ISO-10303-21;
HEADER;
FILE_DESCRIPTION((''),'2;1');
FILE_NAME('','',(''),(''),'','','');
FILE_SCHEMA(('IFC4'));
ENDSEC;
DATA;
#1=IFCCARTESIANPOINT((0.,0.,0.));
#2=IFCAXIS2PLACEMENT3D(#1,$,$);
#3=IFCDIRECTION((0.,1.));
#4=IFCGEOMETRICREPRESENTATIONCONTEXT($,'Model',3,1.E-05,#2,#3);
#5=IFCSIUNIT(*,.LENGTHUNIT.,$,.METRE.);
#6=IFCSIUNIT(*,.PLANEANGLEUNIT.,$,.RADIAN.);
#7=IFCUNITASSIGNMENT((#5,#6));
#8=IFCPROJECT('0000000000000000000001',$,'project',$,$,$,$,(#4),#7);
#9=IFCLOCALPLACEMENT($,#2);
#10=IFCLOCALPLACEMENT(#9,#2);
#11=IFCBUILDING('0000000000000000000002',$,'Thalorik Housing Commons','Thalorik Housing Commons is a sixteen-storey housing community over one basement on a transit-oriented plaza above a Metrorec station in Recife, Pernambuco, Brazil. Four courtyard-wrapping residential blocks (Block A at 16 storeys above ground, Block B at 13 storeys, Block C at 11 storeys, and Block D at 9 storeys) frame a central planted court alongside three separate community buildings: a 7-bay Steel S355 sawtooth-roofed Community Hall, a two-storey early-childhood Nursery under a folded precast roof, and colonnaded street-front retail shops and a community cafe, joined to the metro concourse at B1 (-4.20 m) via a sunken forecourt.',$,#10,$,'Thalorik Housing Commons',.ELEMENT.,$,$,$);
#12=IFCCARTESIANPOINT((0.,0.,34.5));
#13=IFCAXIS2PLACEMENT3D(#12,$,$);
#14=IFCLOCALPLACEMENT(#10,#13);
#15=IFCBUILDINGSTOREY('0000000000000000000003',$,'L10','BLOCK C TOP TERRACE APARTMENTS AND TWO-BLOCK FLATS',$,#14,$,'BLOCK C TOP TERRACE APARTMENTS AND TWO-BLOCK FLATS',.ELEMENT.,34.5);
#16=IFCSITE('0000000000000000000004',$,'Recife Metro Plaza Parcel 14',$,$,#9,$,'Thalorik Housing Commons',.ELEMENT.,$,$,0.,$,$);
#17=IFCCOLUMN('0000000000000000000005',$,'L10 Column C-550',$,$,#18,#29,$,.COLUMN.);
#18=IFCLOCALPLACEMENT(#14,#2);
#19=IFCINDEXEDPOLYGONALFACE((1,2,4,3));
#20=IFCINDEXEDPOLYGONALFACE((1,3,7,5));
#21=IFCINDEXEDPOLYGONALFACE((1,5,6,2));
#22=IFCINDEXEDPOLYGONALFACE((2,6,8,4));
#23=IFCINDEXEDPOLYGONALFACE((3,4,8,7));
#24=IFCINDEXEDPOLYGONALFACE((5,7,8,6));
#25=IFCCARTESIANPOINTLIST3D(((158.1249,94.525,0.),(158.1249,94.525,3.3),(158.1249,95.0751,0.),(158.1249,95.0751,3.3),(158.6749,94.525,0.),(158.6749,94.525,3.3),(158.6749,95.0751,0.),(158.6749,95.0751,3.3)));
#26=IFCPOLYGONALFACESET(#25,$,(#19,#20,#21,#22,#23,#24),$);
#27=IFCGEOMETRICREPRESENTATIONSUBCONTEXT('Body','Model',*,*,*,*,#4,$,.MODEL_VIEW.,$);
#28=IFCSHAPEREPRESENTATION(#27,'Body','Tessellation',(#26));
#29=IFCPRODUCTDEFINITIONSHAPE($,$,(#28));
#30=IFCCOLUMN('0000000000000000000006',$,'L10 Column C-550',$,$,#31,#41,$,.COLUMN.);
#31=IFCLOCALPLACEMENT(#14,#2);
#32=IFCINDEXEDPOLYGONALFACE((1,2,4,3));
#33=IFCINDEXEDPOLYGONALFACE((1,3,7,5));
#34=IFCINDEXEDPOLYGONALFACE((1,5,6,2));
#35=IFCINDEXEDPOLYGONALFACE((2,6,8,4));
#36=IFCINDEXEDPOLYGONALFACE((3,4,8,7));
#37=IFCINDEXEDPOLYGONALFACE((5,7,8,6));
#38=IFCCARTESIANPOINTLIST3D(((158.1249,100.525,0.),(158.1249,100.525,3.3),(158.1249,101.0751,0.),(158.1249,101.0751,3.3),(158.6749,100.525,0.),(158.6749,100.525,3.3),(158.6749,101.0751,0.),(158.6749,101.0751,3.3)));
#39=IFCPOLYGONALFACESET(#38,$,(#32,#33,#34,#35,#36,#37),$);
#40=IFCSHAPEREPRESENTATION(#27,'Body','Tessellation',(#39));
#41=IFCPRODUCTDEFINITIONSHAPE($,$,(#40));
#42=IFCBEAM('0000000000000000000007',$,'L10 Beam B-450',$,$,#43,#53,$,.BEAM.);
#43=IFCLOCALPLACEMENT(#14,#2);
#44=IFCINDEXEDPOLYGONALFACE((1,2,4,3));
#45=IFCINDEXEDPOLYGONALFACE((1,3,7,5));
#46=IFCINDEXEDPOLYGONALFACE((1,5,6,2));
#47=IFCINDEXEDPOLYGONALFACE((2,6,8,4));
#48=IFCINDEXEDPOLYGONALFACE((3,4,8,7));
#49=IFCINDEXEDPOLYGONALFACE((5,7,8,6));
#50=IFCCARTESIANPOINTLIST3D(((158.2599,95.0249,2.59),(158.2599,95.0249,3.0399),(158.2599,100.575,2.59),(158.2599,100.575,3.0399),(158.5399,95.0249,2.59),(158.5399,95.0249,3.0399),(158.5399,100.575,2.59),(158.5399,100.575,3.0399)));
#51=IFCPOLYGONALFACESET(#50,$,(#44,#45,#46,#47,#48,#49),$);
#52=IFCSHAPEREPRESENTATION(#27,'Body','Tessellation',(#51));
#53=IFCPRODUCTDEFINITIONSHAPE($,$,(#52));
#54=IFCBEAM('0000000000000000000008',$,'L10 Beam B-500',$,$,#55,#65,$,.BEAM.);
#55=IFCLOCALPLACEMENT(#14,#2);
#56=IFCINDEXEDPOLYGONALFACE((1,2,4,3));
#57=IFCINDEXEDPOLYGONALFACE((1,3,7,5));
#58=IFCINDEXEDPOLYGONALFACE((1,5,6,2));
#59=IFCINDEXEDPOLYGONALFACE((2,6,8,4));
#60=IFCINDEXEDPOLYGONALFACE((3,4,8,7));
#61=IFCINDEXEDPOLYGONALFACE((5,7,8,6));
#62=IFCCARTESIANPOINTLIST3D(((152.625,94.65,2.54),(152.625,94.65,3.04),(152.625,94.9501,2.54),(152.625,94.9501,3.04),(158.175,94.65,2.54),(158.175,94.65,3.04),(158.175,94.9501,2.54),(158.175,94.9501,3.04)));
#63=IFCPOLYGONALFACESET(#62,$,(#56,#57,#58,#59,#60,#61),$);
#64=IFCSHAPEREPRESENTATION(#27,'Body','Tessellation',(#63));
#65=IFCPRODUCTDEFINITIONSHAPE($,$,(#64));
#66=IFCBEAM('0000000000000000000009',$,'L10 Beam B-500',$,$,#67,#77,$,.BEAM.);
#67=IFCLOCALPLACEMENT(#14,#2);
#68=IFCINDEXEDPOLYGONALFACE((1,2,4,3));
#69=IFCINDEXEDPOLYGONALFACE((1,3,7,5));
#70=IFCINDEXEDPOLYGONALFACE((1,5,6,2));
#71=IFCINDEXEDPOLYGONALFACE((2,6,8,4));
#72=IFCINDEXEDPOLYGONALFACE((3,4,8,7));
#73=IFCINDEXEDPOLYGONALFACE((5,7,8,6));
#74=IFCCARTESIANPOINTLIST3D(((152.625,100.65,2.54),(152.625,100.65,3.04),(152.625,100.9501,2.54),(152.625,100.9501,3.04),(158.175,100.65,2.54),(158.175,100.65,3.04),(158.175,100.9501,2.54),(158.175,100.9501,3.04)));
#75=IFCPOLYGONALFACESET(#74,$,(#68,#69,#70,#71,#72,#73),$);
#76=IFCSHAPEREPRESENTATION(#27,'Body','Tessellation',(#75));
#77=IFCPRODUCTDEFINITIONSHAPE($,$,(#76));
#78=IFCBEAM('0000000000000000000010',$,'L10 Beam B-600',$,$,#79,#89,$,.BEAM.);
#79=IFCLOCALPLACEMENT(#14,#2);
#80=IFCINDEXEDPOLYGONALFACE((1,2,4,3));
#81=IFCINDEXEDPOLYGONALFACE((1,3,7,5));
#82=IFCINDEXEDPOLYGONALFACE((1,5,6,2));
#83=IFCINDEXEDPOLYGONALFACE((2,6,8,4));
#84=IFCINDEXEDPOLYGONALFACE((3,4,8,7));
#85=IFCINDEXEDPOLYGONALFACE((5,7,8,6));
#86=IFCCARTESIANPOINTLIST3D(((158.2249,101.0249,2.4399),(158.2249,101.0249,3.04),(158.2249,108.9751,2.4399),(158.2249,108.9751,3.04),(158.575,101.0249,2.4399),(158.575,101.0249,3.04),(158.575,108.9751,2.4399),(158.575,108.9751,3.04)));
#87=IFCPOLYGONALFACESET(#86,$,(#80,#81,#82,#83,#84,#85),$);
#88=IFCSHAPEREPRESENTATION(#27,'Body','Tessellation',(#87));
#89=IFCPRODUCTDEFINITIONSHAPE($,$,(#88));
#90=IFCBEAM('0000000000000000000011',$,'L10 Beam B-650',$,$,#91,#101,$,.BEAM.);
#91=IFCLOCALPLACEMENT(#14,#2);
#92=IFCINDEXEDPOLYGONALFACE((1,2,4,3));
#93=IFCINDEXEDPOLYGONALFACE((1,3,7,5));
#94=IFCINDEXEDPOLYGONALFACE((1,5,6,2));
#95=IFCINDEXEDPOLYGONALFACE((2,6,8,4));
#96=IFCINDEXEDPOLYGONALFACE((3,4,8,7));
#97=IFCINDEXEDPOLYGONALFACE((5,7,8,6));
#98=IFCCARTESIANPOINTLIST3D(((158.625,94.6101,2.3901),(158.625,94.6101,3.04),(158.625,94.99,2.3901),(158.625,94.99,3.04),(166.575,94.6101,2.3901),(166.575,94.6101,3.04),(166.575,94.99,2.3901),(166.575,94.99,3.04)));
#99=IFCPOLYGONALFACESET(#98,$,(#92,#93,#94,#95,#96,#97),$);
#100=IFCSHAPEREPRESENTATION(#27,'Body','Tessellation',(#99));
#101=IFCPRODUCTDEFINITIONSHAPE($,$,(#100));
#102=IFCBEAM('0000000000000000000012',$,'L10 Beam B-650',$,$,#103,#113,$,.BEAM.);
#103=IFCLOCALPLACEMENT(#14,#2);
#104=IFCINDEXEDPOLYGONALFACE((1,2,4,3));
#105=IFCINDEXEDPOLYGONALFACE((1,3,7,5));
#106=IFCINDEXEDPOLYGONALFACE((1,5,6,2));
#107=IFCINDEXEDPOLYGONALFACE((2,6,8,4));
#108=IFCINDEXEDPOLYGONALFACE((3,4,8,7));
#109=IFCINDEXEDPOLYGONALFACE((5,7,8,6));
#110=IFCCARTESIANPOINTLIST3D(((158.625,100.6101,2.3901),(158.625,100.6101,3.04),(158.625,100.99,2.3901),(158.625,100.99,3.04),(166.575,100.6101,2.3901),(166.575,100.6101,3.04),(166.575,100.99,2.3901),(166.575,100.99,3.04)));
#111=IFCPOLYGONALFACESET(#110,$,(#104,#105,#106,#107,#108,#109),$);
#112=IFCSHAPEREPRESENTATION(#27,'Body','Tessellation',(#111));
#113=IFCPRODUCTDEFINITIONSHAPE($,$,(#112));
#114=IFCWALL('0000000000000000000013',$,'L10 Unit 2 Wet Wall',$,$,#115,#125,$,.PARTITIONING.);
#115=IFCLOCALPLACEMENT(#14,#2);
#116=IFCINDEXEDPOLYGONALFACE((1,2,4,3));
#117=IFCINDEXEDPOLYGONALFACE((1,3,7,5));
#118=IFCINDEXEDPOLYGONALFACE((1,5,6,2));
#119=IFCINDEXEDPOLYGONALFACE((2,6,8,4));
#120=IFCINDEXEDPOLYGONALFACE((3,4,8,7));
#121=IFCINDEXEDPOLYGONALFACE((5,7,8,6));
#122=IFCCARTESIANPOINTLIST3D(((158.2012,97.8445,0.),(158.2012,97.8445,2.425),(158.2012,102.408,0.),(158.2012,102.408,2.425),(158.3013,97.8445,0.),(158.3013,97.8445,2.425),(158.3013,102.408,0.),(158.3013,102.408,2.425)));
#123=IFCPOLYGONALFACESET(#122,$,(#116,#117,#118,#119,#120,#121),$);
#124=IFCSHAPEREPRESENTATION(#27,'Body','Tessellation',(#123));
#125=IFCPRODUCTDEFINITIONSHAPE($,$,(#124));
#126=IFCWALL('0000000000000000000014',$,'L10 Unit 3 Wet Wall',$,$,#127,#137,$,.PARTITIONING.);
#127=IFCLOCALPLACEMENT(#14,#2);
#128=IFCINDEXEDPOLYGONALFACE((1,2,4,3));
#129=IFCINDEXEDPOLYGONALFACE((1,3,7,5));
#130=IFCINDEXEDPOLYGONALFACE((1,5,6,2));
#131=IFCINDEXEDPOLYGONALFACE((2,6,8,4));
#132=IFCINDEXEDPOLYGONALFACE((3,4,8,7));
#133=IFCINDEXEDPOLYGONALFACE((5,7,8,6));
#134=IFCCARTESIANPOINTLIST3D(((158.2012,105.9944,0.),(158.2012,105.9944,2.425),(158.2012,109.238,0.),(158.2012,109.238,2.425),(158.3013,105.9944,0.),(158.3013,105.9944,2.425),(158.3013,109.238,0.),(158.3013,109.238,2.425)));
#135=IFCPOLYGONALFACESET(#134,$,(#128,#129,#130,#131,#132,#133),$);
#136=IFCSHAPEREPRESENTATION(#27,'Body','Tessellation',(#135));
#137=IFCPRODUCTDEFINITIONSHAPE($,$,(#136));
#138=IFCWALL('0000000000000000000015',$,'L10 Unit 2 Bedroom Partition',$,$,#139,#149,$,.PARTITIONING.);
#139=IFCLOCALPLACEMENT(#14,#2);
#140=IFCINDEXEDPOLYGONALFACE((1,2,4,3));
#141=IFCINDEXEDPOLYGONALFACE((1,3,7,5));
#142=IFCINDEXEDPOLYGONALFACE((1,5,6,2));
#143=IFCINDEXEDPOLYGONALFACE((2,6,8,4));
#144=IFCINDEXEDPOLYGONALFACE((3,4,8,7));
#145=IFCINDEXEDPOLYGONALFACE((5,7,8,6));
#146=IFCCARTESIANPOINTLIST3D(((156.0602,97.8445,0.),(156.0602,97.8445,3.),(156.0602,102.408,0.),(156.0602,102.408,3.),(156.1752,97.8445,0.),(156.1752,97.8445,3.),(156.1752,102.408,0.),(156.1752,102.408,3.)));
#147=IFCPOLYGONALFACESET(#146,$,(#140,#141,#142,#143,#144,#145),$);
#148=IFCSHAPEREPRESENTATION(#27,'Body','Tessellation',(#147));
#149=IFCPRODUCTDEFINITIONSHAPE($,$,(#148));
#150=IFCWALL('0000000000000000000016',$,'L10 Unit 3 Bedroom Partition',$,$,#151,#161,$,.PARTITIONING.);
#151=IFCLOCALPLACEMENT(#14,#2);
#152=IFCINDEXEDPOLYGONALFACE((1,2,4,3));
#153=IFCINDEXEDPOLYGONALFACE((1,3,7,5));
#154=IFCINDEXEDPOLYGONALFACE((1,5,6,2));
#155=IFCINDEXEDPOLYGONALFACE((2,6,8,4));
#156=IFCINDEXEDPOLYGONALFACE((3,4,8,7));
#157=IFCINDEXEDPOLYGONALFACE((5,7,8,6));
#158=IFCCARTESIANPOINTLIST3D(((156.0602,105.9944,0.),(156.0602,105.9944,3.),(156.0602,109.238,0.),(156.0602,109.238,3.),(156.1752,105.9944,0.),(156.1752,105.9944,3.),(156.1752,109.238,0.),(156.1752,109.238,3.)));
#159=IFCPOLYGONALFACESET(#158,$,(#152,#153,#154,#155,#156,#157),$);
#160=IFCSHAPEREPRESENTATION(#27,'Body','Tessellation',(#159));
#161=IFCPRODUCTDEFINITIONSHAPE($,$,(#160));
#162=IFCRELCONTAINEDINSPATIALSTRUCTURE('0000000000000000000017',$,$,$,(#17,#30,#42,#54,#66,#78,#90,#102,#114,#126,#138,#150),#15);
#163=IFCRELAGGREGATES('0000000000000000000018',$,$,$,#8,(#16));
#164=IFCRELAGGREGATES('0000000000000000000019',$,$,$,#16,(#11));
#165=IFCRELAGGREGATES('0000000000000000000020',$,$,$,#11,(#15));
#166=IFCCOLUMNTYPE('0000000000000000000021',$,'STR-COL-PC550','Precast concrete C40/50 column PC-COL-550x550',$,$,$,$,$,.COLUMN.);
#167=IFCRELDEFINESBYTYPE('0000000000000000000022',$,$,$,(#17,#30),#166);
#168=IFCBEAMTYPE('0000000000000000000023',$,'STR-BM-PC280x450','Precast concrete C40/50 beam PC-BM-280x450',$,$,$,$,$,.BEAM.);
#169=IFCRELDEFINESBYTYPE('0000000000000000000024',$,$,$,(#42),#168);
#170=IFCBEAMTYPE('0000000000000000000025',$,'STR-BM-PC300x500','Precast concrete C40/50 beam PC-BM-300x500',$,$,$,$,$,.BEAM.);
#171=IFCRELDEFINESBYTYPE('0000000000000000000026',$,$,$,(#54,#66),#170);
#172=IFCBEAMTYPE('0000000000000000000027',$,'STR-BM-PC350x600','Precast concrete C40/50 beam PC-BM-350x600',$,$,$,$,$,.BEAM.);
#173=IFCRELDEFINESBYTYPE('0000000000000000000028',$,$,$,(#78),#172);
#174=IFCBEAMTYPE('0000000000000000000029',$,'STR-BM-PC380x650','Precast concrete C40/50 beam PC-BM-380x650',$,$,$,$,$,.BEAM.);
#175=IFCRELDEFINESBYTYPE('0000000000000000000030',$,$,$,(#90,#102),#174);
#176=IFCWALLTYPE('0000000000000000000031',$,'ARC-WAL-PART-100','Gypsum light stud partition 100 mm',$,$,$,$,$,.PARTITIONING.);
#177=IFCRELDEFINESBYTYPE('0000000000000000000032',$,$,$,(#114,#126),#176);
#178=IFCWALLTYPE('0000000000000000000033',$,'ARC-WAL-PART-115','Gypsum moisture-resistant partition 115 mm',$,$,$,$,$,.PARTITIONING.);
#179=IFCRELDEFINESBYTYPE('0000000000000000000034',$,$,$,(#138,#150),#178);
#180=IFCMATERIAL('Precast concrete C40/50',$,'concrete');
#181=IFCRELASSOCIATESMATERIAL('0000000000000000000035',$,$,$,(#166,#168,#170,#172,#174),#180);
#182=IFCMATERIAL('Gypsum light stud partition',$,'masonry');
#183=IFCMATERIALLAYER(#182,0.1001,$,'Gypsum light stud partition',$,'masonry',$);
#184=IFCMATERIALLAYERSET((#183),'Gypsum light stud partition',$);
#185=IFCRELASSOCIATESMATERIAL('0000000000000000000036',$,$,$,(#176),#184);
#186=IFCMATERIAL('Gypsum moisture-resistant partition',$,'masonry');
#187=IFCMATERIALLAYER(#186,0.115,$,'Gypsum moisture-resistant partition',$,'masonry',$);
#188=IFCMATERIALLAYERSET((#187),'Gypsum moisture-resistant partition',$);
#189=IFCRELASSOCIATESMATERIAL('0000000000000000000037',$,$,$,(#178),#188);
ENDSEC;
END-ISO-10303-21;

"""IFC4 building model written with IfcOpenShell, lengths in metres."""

from ifc_helpers import new_model, si_unit, direction, frame, frame_2d, origin, origin_2d, place, context, subcontext, project, spatial, rectangle, extrude, material, layer, layer_set, material_profile, profile_set, type_object, element, save


model = new_model("IFC4")

# Units and contexts
model_context = context("Model", 3, precision=1e-05, world=origin(), true_north=direction((0.0, 1.0)))
body_context = subcontext(model_context, "Body", "Model", "MODEL_VIEW")
ifc_project = project(units=[si_unit("LENGTHUNIT", "METRE"), si_unit("PLANEANGLEUNIT", "RADIAN")], contexts=[model_context])

# Site, building, storey
site_placement = place(None, origin())
site = spatial("IfcSite", under=ifc_project, at=site_placement, Name="Recife Metro Plaza Parcel 14", LongName="Thalorik Housing Commons", CompositionType="ELEMENT", RefElevation=0.0)
building_placement = place(site_placement, origin())
building = spatial("IfcBuilding", under=site, at=building_placement, Name="Thalorik Housing Commons", Description="Thalorik Housing Commons is a sixteen-storey housing community over one basement on a transit-oriented plaza above a Metrorec station in Recife, Pernambuco, Brazil. Four courtyard-wrapping residential blocks (Block A at 16 storeys above ground, Block B at 13 storeys, Block C at 11 storeys, and Block D at 9 storeys) frame a central planted court alongside three separate community buildings: a 7-bay Steel S355 sawtooth-roofed Community Hall, a two-storey early-childhood Nursery under a folded precast roof, and colonnaded street-front retail shops and a community cafe, joined to the metro concourse at B1 (-4.20 m) via a sunken forecourt.", LongName="Thalorik Housing Commons", CompositionType="ELEMENT")
storey_placement = place(building_placement, frame((0.0, 0.0, 34.5)))
storey = spatial("IfcBuildingStorey", under=building, at=storey_placement, Name="L10", Description="BLOCK C TOP TERRACE APARTMENTS AND TWO-BLOCK FLATS", LongName="BLOCK C TOP TERRACE APARTMENTS AND TWO-BLOCK FLATS", CompositionType="ELEMENT", Elevation=34.5)

# Columns
ifc_material_1 = material(Name="Precast concrete C40/50", Category="concrete")
ifc_material_profile_1 = material_profile(ifc_material_1, rectangle(XDim=0.55, YDim=0.55, at=origin_2d()), Name="PC 550x550", Category="concrete")
ifc_profile_set_1 = profile_set([ifc_material_profile_1], Name="Precast concrete C40/50")
column_type = type_object("IfcColumnType", Name="STR-COL-PC550", Description="Precast concrete C40/50 column PC-COL-550x550", PredefinedType="COLUMN", material=ifc_profile_set_1)
for number, where, z_axis, x_axis, name in (
    (1, (158.3999, 94.8, 0.0), (0.0, 0.0, 1.0), (1.0, 0.0, 0.0), "L10 Column C-550"),
    (2, (158.3999, 100.8, 0.0), (0.0, 0.0, 1.0), (1.0, 0.0, 0.0), "L10 Column C-550"),
):
    element("IfcColumn", number, at=place(storey_placement, frame(where, z_axis=z_axis, x_axis=x_axis)), inside=storey, type_object=column_type, Name=name, PredefinedType="COLUMN", context=body_context, shape_type="SweptSolid", body=[
        extrude(rectangle(XDim=0.55, YDim=0.55, at=origin_2d()), origin(), (0.0, 0.0, 1.0), 3.3),
    ])

# Beams
ifc_material_profile_2 = material_profile(ifc_material_1, rectangle(XDim=0.28, YDim=0.45, at=origin_2d()), Name="PC 280x450", Category="concrete")
ifc_profile_set_2 = profile_set([ifc_material_profile_2], Name="Precast concrete C40/50")
beam_type_1 = type_object("IfcBeamType", Name="STR-BM-PC280x450", Description="Precast concrete C40/50 beam PC-BM-280x450", PredefinedType="BEAM", material=ifc_profile_set_2)
beam_1_placement = place(storey_placement, frame((158.3999, 95.0249, 2.8149), z_axis=(0.0, 1.0, 0.0), x_axis=(-1.0, 0.0, 0.0)))
element("IfcBeam", 3, at=beam_1_placement, inside=storey, type_object=beam_type_1, Name="L10 Beam B-450", PredefinedType="BEAM", context=body_context, shape_type="SweptSolid", body=[
    extrude(rectangle(XDim=0.28, YDim=0.45, at=origin_2d()), origin(), (0.0, 0.0, 1.0), 5.55),
])
ifc_material_profile_3 = material_profile(ifc_material_1, rectangle(XDim=0.3, YDim=0.5, at=origin_2d()), Name="PC 300x500", Category="concrete")
ifc_profile_set_3 = profile_set([ifc_material_profile_3], Name="Precast concrete C40/50")
beam_type_2 = type_object("IfcBeamType", Name="STR-BM-PC300x500", Description="Precast concrete C40/50 beam PC-BM-300x500", PredefinedType="BEAM", material=ifc_profile_set_3)
for number, where, z_axis, x_axis, name in (
    (4, (152.625, 94.8, 2.79), (1.0, 0.0, 0.0), (0.0, 1.0, 0.0), "L10 Beam B-500"),
    (5, (152.625, 100.8, 2.79), (1.0, 0.0, 0.0), (0.0, 1.0, 0.0), "L10 Beam B-500"),
):
    element("IfcBeam", number, at=place(storey_placement, frame(where, z_axis=z_axis, x_axis=x_axis)), inside=storey, type_object=beam_type_2, Name=name, PredefinedType="BEAM", context=body_context, shape_type="SweptSolid", body=[
        extrude(rectangle(XDim=0.3, YDim=0.5, at=origin_2d()), origin(), (0.0, 0.0, 1.0), 5.55),
    ])
ifc_material_profile_4 = material_profile(ifc_material_1, rectangle(XDim=0.3501, YDim=0.6001, at=origin_2d()), Name="PC 350x600", Category="concrete")
ifc_profile_set_4 = profile_set([ifc_material_profile_4], Name="Precast concrete C40/50")
beam_type_3 = type_object("IfcBeamType", Name="STR-BM-PC350x600", Description="Precast concrete C40/50 beam PC-BM-350x600", PredefinedType="BEAM", material=ifc_profile_set_4)
beam_2_placement = place(storey_placement, frame((158.3999, 101.0249, 2.74), z_axis=(0.0, 1.0, 0.0), x_axis=(-1.0, 0.0, 0.0)))
element("IfcBeam", 6, at=beam_2_placement, inside=storey, type_object=beam_type_3, Name="L10 Beam B-600", PredefinedType="BEAM", context=body_context, shape_type="SweptSolid", body=[
    extrude(rectangle(XDim=0.3501, YDim=0.6001, at=origin_2d()), origin(), (0.0, 0.0, 1.0), 7.9502),
])
ifc_material_profile_5 = material_profile(ifc_material_1, rectangle(XDim=0.3799, YDim=0.6499, at=origin_2d()), Name="PC 380x650", Category="concrete")
ifc_profile_set_5 = profile_set([ifc_material_profile_5], Name="Precast concrete C40/50")
beam_type_4 = type_object("IfcBeamType", Name="STR-BM-PC380x650", Description="Precast concrete C40/50 beam PC-BM-380x650", PredefinedType="BEAM", material=ifc_profile_set_5)
for number, where, z_axis, x_axis, name in (
    (7, (158.625, 94.8, 2.7151), (1.0, 0.0, 0.0), (0.0, 1.0, 0.0), "L10 Beam B-650"),
    (8, (158.625, 100.8, 2.7151), (1.0, 0.0, 0.0), (0.0, 1.0, 0.0), "L10 Beam B-650"),
):
    element("IfcBeam", number, at=place(storey_placement, frame(where, z_axis=z_axis, x_axis=x_axis)), inside=storey, type_object=beam_type_4, Name=name, PredefinedType="BEAM", context=body_context, shape_type="SweptSolid", body=[
        extrude(rectangle(XDim=0.3799, YDim=0.6499, at=origin_2d()), origin(), (0.0, 0.0, 1.0), 7.95),
    ])

# Walls
ifc_material_2 = material(Name="Gypsum light stud partition", Category="masonry")
ifc_layer_1 = layer(ifc_material_2, 0.1001, Name="Gypsum light stud partition", Category="masonry")
ifc_layer_set_1 = layer_set([ifc_layer_1], Name="Gypsum light stud partition")
wall_type_1 = type_object("IfcWallType", Name="ARC-WAL-PART-100", Description="Gypsum light stud partition 100 mm", PredefinedType="PARTITIONING", material=ifc_layer_set_1)
wall_1_placement = place(storey_placement, frame((158.2512, 97.8445, 0.0), z_axis=(0.0, 0.0, 1.0), x_axis=(0.0, 1.0, 0.0)))
element("IfcWall", 9, at=wall_1_placement, inside=storey, type_object=wall_type_1, Name="L10 Unit 2 Wet Wall", PredefinedType="PARTITIONING", context=body_context, shape_type="SweptSolid", body=[
    extrude(rectangle(XDim=4.5635, YDim=0.1001, at=frame_2d((2.2817, 0.0))), origin(), (0.0, 0.0, 1.0), 2.425),
])
wall_2_placement = place(storey_placement, frame((158.2512, 105.9944, 0.0), z_axis=(0.0, 0.0, 1.0), x_axis=(0.0, 1.0, 0.0)))
element("IfcWall", 10, at=wall_2_placement, inside=storey, type_object=wall_type_1, Name="L10 Unit 3 Wet Wall", PredefinedType="PARTITIONING", context=body_context, shape_type="SweptSolid", body=[
    extrude(rectangle(XDim=3.2437, YDim=0.1001, at=frame_2d((1.6218, 0.0))), origin(), (0.0, 0.0, 1.0), 2.425),
])
ifc_material_3 = material(Name="Gypsum moisture-resistant partition", Category="masonry")
ifc_layer_2 = layer(ifc_material_3, 0.115, Name="Gypsum moisture-resistant partition", Category="masonry")
ifc_layer_set_2 = layer_set([ifc_layer_2], Name="Gypsum moisture-resistant partition")
wall_type_2 = type_object("IfcWallType", Name="ARC-WAL-PART-115", Description="Gypsum moisture-resistant partition 115 mm", PredefinedType="PARTITIONING", material=ifc_layer_set_2)
wall_3_placement = place(storey_placement, frame((156.1177, 97.8445, 0.0), z_axis=(0.0, 0.0, 1.0), x_axis=(0.0, 1.0, 0.0)))
element("IfcWall", 11, at=wall_3_placement, inside=storey, type_object=wall_type_2, Name="L10 Unit 2 Bedroom Partition", PredefinedType="PARTITIONING", context=body_context, shape_type="SweptSolid", body=[
    extrude(rectangle(XDim=4.5635, YDim=0.115, at=frame_2d((2.2817, 0.0))), origin(), (0.0, 0.0, 1.0), 3.0),
])
wall_4_placement = place(storey_placement, frame((156.1177, 105.9944, 0.0), z_axis=(0.0, 0.0, 1.0), x_axis=(0.0, 1.0, 0.0)))
element("IfcWall", 12, at=wall_4_placement, inside=storey, type_object=wall_type_2, Name="L10 Unit 3 Bedroom Partition", PredefinedType="PARTITIONING", context=body_context, shape_type="SweptSolid", body=[
    extrude(rectangle(XDim=3.2437, YDim=0.115, at=frame_2d((1.6218, 0.0))), origin(), (0.0, 0.0, 1.0), 3.0),
])

save(model, "model.ifc")
